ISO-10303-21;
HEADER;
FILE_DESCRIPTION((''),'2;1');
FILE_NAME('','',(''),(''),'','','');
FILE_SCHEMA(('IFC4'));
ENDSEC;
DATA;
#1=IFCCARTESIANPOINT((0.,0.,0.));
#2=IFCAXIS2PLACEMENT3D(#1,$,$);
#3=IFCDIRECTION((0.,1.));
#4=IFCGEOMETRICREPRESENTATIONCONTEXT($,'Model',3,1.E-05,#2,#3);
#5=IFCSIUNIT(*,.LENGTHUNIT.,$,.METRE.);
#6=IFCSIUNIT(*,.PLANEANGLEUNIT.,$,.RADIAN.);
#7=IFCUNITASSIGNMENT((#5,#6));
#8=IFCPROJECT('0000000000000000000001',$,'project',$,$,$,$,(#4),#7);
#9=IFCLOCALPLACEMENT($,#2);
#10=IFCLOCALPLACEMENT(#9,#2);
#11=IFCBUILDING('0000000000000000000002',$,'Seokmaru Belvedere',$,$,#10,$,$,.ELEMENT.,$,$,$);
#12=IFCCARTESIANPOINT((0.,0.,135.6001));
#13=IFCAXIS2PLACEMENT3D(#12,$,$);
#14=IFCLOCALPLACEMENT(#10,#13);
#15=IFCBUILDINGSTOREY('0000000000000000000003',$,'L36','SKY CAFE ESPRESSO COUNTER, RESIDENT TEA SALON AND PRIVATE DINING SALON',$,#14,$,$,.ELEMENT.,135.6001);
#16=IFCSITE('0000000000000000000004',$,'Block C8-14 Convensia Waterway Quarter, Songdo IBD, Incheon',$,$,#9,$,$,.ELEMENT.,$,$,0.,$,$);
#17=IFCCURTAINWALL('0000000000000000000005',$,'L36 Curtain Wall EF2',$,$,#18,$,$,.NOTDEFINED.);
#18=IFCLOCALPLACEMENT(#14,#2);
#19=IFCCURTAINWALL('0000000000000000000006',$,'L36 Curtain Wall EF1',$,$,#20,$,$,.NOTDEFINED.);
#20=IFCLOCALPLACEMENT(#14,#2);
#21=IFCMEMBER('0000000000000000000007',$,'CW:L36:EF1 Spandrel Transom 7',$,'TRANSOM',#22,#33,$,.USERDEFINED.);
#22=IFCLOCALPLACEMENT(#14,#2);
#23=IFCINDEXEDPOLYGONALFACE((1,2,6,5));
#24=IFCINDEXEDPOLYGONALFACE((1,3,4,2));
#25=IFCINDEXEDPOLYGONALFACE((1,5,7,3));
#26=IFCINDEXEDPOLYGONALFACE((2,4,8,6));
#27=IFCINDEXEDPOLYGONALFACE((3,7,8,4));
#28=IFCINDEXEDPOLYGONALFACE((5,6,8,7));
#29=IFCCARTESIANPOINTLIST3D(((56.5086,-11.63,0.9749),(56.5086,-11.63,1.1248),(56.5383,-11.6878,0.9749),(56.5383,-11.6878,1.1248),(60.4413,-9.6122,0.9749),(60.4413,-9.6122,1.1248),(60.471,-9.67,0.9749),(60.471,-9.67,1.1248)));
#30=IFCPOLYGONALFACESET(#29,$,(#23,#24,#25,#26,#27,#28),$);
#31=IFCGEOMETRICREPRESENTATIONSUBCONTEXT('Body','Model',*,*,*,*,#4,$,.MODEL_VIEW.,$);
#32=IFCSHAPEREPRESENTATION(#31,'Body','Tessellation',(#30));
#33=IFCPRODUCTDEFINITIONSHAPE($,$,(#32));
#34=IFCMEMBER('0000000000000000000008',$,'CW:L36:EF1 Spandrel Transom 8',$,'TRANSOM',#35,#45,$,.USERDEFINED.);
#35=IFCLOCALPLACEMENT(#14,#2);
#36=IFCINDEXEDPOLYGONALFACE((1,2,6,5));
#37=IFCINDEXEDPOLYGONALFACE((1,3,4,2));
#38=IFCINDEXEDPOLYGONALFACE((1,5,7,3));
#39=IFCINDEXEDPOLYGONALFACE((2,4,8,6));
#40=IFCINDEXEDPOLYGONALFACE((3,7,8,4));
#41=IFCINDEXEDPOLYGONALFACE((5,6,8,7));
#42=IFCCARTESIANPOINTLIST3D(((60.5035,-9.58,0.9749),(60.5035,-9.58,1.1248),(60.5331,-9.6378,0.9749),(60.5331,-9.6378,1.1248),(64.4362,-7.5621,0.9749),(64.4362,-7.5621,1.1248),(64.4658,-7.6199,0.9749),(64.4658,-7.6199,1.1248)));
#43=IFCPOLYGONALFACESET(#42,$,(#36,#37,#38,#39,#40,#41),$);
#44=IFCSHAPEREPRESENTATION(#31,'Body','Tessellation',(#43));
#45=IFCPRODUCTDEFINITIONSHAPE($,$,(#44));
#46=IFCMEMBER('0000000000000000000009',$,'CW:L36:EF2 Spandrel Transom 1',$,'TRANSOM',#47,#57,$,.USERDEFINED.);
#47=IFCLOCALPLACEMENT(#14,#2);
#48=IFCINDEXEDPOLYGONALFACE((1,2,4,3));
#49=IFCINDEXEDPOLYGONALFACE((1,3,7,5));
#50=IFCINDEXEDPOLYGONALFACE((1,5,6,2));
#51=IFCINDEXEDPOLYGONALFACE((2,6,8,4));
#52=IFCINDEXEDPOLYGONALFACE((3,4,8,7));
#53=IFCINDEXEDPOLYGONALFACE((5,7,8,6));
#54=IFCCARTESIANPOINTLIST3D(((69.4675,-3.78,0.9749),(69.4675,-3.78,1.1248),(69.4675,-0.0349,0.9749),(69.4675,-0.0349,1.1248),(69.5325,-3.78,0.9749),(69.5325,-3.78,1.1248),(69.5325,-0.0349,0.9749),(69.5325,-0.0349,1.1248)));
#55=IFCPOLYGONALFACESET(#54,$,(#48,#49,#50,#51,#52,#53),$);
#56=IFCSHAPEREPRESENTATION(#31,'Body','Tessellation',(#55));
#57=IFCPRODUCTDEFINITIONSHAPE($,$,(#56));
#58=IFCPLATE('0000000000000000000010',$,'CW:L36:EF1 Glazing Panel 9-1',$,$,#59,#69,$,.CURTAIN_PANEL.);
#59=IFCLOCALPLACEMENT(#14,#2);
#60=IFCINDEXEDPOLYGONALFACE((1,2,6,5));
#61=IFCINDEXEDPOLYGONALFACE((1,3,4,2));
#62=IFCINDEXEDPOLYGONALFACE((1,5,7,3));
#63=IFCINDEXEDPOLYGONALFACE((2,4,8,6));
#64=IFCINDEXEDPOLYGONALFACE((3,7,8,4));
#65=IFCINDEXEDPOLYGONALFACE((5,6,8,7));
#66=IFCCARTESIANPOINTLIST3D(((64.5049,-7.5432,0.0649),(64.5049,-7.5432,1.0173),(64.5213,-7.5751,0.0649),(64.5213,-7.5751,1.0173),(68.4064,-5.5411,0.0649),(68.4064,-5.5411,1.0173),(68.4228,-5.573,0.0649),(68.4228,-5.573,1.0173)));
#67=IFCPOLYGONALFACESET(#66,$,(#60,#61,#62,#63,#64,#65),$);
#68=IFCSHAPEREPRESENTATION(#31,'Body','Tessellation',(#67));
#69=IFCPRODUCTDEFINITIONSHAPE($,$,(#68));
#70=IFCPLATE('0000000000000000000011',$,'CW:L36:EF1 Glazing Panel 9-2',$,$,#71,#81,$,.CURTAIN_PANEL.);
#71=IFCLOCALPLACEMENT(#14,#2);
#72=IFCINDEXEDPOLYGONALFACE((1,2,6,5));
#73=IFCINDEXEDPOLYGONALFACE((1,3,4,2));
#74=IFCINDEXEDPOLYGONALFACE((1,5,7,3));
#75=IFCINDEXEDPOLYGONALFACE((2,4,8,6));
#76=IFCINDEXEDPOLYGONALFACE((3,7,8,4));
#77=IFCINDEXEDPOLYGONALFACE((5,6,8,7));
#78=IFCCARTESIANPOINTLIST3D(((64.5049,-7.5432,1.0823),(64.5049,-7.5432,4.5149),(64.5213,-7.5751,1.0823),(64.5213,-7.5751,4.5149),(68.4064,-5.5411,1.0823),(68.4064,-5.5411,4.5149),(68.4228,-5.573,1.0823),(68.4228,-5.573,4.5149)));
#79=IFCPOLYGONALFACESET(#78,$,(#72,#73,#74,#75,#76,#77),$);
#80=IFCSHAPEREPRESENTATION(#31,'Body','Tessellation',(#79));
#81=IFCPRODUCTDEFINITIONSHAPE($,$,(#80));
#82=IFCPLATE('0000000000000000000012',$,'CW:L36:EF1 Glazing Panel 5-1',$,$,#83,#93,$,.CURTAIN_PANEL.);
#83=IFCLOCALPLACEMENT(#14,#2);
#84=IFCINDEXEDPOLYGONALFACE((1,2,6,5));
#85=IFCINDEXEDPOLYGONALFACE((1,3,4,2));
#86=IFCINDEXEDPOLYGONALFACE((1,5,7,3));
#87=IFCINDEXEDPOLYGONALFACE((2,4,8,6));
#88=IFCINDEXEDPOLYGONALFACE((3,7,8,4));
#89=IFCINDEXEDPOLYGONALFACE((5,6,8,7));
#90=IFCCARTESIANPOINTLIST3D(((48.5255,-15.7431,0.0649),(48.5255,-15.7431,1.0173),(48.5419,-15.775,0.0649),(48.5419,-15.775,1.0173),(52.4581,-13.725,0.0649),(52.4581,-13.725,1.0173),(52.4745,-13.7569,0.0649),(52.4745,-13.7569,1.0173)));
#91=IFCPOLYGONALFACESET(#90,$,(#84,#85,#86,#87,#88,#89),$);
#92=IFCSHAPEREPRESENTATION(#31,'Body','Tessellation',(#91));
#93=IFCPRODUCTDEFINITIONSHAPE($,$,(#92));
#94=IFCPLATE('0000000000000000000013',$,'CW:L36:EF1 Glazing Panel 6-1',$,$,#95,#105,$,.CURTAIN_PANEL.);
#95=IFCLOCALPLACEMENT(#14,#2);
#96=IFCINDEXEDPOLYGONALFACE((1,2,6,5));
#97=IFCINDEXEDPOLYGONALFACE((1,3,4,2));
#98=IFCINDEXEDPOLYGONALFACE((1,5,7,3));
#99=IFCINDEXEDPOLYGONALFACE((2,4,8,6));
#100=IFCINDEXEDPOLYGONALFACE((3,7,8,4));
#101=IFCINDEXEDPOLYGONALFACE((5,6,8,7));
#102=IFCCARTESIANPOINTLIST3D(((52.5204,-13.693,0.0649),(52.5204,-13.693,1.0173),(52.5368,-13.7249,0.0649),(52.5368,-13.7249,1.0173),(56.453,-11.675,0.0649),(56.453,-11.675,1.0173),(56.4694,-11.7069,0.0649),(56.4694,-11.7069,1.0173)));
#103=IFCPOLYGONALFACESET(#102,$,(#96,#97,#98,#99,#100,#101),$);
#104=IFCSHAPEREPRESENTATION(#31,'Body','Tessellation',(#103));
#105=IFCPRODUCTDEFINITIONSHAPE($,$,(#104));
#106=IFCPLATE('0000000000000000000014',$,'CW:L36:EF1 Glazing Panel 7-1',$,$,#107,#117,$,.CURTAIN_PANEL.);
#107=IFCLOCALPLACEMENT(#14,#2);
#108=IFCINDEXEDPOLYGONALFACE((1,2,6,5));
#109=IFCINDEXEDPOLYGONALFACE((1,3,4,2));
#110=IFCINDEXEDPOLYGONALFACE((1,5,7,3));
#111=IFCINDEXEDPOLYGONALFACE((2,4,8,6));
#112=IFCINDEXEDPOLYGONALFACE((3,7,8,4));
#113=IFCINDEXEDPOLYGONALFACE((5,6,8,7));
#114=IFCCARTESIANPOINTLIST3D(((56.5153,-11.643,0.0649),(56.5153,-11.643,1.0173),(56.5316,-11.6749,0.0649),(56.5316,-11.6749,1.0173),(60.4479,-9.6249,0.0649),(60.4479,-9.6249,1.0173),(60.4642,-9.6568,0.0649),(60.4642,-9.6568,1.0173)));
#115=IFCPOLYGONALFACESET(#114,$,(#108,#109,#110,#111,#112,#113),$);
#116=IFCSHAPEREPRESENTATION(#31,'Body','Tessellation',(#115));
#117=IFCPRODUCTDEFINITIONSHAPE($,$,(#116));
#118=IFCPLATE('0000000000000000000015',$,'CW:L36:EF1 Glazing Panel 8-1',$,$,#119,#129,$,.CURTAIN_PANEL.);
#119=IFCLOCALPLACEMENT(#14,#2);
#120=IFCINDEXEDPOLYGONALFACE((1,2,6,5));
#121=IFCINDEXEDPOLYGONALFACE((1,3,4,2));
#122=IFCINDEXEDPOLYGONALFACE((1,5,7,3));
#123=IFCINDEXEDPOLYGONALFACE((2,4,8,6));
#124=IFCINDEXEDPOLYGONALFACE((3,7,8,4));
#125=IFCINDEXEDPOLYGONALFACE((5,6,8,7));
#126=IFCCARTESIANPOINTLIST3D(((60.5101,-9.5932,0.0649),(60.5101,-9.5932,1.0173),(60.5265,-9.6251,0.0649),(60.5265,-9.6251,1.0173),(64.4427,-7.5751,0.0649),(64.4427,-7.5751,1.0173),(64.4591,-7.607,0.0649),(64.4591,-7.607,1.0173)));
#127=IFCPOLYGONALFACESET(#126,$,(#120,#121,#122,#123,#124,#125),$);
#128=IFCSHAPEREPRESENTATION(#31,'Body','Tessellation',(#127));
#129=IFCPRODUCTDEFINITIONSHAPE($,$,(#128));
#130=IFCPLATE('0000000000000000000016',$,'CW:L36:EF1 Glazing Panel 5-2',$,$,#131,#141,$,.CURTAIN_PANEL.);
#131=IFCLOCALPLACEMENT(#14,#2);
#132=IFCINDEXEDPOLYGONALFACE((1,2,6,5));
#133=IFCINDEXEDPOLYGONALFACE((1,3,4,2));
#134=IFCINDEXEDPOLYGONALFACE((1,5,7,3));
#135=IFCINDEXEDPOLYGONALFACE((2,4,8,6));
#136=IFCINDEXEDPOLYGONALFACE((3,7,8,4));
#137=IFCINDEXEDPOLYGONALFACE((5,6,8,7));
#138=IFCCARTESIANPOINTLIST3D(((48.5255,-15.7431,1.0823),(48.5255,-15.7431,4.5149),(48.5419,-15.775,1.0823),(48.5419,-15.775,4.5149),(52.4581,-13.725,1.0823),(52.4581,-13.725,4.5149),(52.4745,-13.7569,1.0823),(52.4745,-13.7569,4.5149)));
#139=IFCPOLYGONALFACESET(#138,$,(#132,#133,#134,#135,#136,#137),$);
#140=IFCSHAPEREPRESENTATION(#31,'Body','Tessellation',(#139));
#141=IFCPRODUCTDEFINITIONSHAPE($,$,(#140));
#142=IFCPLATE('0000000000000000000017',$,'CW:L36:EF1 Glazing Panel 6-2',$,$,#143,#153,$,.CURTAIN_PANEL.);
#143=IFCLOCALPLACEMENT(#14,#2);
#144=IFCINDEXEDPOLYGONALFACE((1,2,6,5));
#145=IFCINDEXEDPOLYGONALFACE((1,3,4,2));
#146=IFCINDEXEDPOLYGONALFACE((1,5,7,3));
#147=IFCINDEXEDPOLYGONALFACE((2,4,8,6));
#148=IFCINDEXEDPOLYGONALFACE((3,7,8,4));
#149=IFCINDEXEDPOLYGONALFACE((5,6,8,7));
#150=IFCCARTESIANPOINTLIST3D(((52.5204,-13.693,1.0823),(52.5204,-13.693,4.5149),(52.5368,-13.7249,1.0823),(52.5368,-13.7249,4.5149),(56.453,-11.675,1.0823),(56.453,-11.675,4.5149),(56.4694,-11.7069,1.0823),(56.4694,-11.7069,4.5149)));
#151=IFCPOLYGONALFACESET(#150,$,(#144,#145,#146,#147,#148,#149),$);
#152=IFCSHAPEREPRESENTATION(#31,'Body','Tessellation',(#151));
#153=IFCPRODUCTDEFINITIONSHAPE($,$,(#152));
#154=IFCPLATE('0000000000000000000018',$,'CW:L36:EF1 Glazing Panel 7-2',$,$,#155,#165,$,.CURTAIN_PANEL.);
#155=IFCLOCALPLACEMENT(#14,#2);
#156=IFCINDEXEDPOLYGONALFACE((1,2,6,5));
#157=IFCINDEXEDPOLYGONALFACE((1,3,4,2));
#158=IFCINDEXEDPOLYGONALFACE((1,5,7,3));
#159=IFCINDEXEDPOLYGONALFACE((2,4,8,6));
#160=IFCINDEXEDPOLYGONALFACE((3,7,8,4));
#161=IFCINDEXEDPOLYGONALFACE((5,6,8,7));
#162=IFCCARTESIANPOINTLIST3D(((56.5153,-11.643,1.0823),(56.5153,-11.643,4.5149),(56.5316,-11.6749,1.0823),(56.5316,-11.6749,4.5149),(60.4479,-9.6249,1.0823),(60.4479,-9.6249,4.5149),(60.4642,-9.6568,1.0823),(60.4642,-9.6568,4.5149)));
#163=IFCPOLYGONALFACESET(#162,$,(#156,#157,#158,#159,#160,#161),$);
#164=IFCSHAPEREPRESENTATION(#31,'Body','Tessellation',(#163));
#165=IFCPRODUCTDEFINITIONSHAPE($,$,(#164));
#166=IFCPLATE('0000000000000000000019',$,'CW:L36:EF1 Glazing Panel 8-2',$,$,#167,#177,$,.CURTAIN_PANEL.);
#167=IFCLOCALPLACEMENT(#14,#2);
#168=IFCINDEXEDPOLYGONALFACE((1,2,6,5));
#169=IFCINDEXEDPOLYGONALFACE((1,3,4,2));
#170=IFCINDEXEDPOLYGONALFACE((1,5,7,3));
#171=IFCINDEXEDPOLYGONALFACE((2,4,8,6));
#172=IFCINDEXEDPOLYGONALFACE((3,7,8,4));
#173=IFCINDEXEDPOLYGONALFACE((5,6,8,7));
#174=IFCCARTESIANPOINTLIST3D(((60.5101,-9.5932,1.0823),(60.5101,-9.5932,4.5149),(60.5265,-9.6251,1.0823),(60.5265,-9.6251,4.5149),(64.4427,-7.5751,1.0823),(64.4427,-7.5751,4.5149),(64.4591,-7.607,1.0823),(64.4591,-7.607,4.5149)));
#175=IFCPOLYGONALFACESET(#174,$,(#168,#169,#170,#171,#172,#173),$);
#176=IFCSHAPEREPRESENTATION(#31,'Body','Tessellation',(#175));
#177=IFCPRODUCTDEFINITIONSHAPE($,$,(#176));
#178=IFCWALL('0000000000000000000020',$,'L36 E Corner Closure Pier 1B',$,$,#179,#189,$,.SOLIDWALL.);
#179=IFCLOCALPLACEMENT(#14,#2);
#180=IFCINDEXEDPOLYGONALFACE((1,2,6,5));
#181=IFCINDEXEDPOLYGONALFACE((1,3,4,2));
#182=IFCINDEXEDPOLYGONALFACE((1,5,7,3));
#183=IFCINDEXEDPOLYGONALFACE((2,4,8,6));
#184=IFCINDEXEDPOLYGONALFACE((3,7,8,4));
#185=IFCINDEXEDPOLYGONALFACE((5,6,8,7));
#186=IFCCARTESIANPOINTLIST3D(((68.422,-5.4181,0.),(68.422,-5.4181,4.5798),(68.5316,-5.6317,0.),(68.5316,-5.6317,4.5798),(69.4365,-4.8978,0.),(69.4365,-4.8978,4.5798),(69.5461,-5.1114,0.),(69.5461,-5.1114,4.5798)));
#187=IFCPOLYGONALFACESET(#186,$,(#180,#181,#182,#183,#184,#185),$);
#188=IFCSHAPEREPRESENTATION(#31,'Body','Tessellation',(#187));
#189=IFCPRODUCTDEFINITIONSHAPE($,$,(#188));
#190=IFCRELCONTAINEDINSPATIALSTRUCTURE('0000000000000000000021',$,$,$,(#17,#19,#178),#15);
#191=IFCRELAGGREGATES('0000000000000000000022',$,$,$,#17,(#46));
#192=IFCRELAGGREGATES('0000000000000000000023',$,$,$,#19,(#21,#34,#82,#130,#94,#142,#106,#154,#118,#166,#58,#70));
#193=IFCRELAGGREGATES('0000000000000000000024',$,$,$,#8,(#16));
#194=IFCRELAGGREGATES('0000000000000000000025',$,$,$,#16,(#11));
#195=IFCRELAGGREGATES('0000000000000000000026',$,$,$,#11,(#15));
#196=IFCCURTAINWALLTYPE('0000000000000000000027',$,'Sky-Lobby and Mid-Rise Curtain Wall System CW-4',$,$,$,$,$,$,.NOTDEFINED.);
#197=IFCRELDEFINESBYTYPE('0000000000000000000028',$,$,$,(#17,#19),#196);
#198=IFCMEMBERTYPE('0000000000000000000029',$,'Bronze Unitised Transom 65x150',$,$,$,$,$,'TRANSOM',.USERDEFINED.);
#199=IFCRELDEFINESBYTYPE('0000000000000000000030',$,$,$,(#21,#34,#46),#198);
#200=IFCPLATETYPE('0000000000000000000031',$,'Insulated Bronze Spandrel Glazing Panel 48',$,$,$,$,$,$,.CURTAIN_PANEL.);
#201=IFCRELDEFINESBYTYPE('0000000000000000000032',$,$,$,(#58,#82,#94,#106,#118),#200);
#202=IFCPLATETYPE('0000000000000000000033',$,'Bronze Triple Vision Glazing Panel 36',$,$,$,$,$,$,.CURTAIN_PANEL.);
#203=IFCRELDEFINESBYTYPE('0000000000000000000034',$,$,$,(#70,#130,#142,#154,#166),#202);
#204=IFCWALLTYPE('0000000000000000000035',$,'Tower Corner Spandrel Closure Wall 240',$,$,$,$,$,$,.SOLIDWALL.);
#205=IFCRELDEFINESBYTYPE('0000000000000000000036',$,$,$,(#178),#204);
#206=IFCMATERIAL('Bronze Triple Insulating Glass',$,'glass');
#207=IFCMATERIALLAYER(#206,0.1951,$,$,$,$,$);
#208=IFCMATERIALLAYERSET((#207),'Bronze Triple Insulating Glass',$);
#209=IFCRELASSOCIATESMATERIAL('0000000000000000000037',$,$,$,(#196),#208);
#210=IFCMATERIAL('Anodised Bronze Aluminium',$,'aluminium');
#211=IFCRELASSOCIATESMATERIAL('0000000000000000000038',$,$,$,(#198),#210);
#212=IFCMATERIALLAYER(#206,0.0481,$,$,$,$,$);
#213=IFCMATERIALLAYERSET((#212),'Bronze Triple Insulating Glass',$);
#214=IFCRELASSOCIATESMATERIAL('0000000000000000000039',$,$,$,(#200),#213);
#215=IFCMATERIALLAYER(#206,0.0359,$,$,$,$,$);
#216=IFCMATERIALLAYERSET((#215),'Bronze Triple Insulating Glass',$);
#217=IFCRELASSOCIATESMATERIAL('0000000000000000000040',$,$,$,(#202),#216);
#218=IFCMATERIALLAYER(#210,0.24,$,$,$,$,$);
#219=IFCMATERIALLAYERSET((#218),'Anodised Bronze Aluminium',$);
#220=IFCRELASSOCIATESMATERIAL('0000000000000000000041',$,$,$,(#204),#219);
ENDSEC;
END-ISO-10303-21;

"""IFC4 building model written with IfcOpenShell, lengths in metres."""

from ifc_helpers import new_model, si_unit, direction, frame, frame_2d, origin, origin_2d, place, context, subcontext, project, spatial, rectangle, extrude, source, transform, mapped, material, layer, layer_set, material_profile, profile_set, type_object, type_shapes, element, aggregate, save


model = new_model("IFC4")

# Units and contexts
model_context = context("Model", 3, precision=1e-05, world=origin(), true_north=direction((0.0, 1.0)))
body_context = subcontext(model_context, "Body", "Model", "MODEL_VIEW")
ifc_project = project(units=[si_unit("LENGTHUNIT", "METRE"), si_unit("PLANEANGLEUNIT", "RADIAN")], contexts=[model_context])

# Site, building, storey
site_placement = place(None, origin())
site = spatial("IfcSite", under=ifc_project, at=site_placement, Name="Block C8-14 Convensia Waterway Quarter, Songdo IBD, Incheon", CompositionType="ELEMENT", RefElevation=0.0)
building_placement = place(site_placement, origin())
building = spatial("IfcBuilding", under=site, at=building_placement, Name="Seokmaru Belvedere", CompositionType="ELEMENT")
storey_placement = place(building_placement, frame((0.0, 0.0, 135.6001)))
storey = spatial("IfcBuildingStorey", under=building, at=storey_placement, Name="L36", Description="SKY CAFE ESPRESSO COUNTER, RESIDENT TEA SALON AND PRIVATE DINING SALON", CompositionType="ELEMENT", Elevation=135.6001)

# Curtain wall
ifc_material_1 = material(Name="Bronze Triple Insulating Glass", Category="glass")
ifc_layer_1 = layer(ifc_material_1, 0.1951)
ifc_layer_set_1 = layer_set([ifc_layer_1], Name="Bronze Triple Insulating Glass")
curtain_wall_type = type_object("IfcCurtainWallType", Name="Sky-Lobby and Mid-Rise Curtain Wall System CW-4", PredefinedType="NOTDEFINED", material=ifc_layer_set_1)
curtain_wall_1_placement = place(storey_placement, origin())
curtain_wall_1 = element("IfcCurtainWall", 1, at=curtain_wall_1_placement, inside=storey, type_object=curtain_wall_type, Name="L36 Curtain Wall EF2", PredefinedType="NOTDEFINED")
ifc_material_2 = material(Name="Anodised Bronze Aluminium", Category="aluminium")
ifc_material_profile_1 = material_profile(ifc_material_2, rectangle(XDim=0.0649, YDim=0.1499, at=origin_2d()), Name="CW-T-65x150")
ifc_profile_set_1 = profile_set([ifc_material_profile_1], Name="Anodised Bronze Aluminium")
member_type_1 = type_object("IfcMemberType", Name="Bronze Unitised Transom 65x150", ElementType="TRANSOM", PredefinedType="USERDEFINED", material=ifc_profile_set_1)

# Curtain wall
curtain_wall_2_placement = place(storey_placement, origin())
curtain_wall_2 = element("IfcCurtainWall", 2, at=curtain_wall_2_placement, inside=storey, type_object=curtain_wall_type, Name="L36 Curtain Wall EF1", PredefinedType="NOTDEFINED")

# Members
shared_shape_1 = source(origin(), body_context, "Body", "SweptSolid", [
    extrude(rectangle(XDim=0.0649, YDim=0.1499, at=origin_2d()), origin(), (0.0, 0.0, 1.0), 4.4202),
])
member_1_placement = place(storey_placement, frame((56.5234, -11.6589, 1.0498), z_axis=(0.889717, 0.456513, 0.0), x_axis=(-0.456513, 0.889717, 0.0)))
member_1 = element("IfcMember", 3, at=member_1_placement, type_object=member_type_1, Name="CW:L36:EF1 Spandrel Transom 7", ObjectType="TRANSOM", PredefinedType="USERDEFINED", context=body_context, shape_type="MappedRepresentation", body=[
    mapped(shared_shape_1, transform((0.0, 0.0, 0.0), scale=1.0)),
])
member_2_placement = place(storey_placement, frame((60.5183, -9.6089, 1.0498), z_axis=(0.889717, 0.456513, 0.0), x_axis=(-0.456513, 0.889717, 0.0)))
member_2 = element("IfcMember", 4, at=member_2_placement, type_object=member_type_1, Name="CW:L36:EF1 Spandrel Transom 8", ObjectType="TRANSOM", PredefinedType="USERDEFINED", context=body_context, shape_type="MappedRepresentation", body=[
    mapped(shared_shape_1, transform((0.0, 0.0, 0.0), scale=1.0)),
])
shared_shape_2 = source(origin(), body_context, "Body", "SweptSolid", [
    extrude(rectangle(XDim=0.0649, YDim=0.1499, at=origin_2d()), origin(), (0.0, 0.0, 1.0), 3.7451),
])
member_3_placement = place(storey_placement, frame((69.5, -3.78, 1.0498), z_axis=(0.0, 1.0, 0.0), x_axis=(-1.0, 0.0, 0.0)))
member_3 = element("IfcMember", 5, at=member_3_placement, type_object=member_type_1, Name="CW:L36:EF2 Spandrel Transom 1", ObjectType="TRANSOM", PredefinedType="USERDEFINED", context=body_context, shape_type="MappedRepresentation", body=[
    mapped(shared_shape_2, transform((0.0, 0.0, 0.0), scale=1.0)),
])
aggregate(curtain_wall_1, [member_3])

# Plates
ifc_layer_2 = layer(ifc_material_1, 0.0481)
ifc_layer_set_2 = layer_set([ifc_layer_2], Name="Bronze Triple Insulating Glass")
plate_type_1 = type_object("IfcPlateType", Name="Insulated Bronze Spandrel Glazing Panel 48", PredefinedType="CURTAIN_PANEL", material=ifc_layer_set_2)
shared_shape_3 = source(origin(), body_context, "Body", "SweptSolid", [
    extrude(rectangle(XDim=4.3853, YDim=0.0359, at=origin_2d()), origin(), (0.0, 0.0, 1.0), 0.9524),
])
plate_1_placement = place(storey_placement, frame((66.4639, -6.5581, 0.0649), z_axis=(0.0, 0.0, 1.0), x_axis=(0.889695, 0.456555, 0.0)))
plate_1 = element("IfcPlate", 6, at=plate_1_placement, type_object=plate_type_1, Name="CW:L36:EF1 Glazing Panel 9-1", PredefinedType="CURTAIN_PANEL", context=body_context, shape_type="MappedRepresentation", body=[
    mapped(shared_shape_3, transform((0.0, 0.0, 0.0), scale=1.0)),
])
ifc_layer_3 = layer(ifc_material_1, 0.0359)
ifc_layer_set_3 = layer_set([ifc_layer_3], Name="Bronze Triple Insulating Glass")
plate_type_2 = type_object("IfcPlateType", Name="Bronze Triple Vision Glazing Panel 36", PredefinedType="CURTAIN_PANEL", material=ifc_layer_set_3)
shared_shape_4 = source(origin(), body_context, "Body", "SweptSolid", [
    extrude(rectangle(XDim=4.3853, YDim=0.0359, at=origin_2d()), origin(), (0.0, 0.0, 1.0), 3.4326),
])
plate_2_placement = place(storey_placement, frame((66.4639, -6.5581, 1.0823), z_axis=(0.0, 0.0, 1.0), x_axis=(0.889695, 0.456555, 0.0)))
plate_2 = element("IfcPlate", 7, at=plate_2_placement, type_object=plate_type_2, Name="CW:L36:EF1 Glazing Panel 9-2", PredefinedType="CURTAIN_PANEL", context=body_context, shape_type="MappedRepresentation", body=[
    mapped(shared_shape_4, transform((0.0, 0.0, 0.0), scale=1.0)),
])
shared_shape_5 = source(origin(), body_context, "Body", "SweptSolid", [
    extrude(rectangle(XDim=4.4202, YDim=0.0359, at=origin_2d()), origin(), (0.0, 0.0, 1.0), 0.9524),
])
type_shapes(plate_type_1, [shared_shape_3, shared_shape_5])
plate_3_placement = place(storey_placement, frame((50.5, -14.75, 0.0649), z_axis=(0.0, 0.0, 1.0), x_axis=(0.889695, 0.456555, 0.0)))
plate_3 = element("IfcPlate", 8, at=plate_3_placement, type_object=plate_type_1, Name="CW:L36:EF1 Glazing Panel 5-1", PredefinedType="CURTAIN_PANEL", context=body_context, shape_type="MappedRepresentation", body=[
    mapped(shared_shape_5, transform((0.0, 0.0, 0.0), scale=1.0)),
])
plate_4_placement = place(storey_placement, frame((54.4949, -12.7, 0.0649), z_axis=(0.0, 0.0, 1.0), x_axis=(0.889695, 0.456555, 0.0)))
plate_4 = element("IfcPlate", 9, at=plate_4_placement, type_object=plate_type_1, Name="CW:L36:EF1 Glazing Panel 6-1", PredefinedType="CURTAIN_PANEL", context=body_context, shape_type="MappedRepresentation", body=[
    mapped(shared_shape_5, transform((0.0, 0.0, 0.0), scale=1.0)),
])
plate_5_placement = place(storey_placement, frame((58.4897, -10.6499, 0.0649), z_axis=(0.0, 0.0, 1.0), x_axis=(0.889695, 0.456555, 0.0)))
plate_5 = element("IfcPlate", 10, at=plate_5_placement, type_object=plate_type_1, Name="CW:L36:EF1 Glazing Panel 7-1", PredefinedType="CURTAIN_PANEL", context=body_context, shape_type="MappedRepresentation", body=[
    mapped(shared_shape_5, transform((0.0, 0.0, 0.0), scale=1.0)),
])
plate_6_placement = place(storey_placement, frame((62.4846, -8.6001, 0.0649), z_axis=(0.0, 0.0, 1.0), x_axis=(0.889695, 0.456555, 0.0)))
plate_6 = element("IfcPlate", 11, at=plate_6_placement, type_object=plate_type_1, Name="CW:L36:EF1 Glazing Panel 8-1", PredefinedType="CURTAIN_PANEL", context=body_context, shape_type="MappedRepresentation", body=[
    mapped(shared_shape_5, transform((0.0, 0.0, 0.0), scale=1.0)),
])
shared_shape_6 = source(origin(), body_context, "Body", "SweptSolid", [
    extrude(rectangle(XDim=4.4202, YDim=0.0359, at=origin_2d()), origin(), (0.0, 0.0, 1.0), 3.4326),
])
type_shapes(plate_type_2, [shared_shape_4, shared_shape_6])
plate_7_placement = place(storey_placement, frame((50.5, -14.75, 1.0823), z_axis=(0.0, 0.0, 1.0), x_axis=(0.889695, 0.456555, 0.0)))
plate_7 = element("IfcPlate", 12, at=plate_7_placement, type_object=plate_type_2, Name="CW:L36:EF1 Glazing Panel 5-2", PredefinedType="CURTAIN_PANEL", context=body_context, shape_type="MappedRepresentation", body=[
    mapped(shared_shape_6, transform((0.0, 0.0, 0.0), scale=1.0)),
])
plate_8_placement = place(storey_placement, frame((54.4949, -12.7, 1.0823), z_axis=(0.0, 0.0, 1.0), x_axis=(0.889695, 0.456555, 0.0)))
plate_8 = element("IfcPlate", 13, at=plate_8_placement, type_object=plate_type_2, Name="CW:L36:EF1 Glazing Panel 6-2", PredefinedType="CURTAIN_PANEL", context=body_context, shape_type="MappedRepresentation", body=[
    mapped(shared_shape_6, transform((0.0, 0.0, 0.0), scale=1.0)),
])
plate_9_placement = place(storey_placement, frame((58.4897, -10.6499, 1.0823), z_axis=(0.0, 0.0, 1.0), x_axis=(0.889695, 0.456555, 0.0)))
plate_9 = element("IfcPlate", 14, at=plate_9_placement, type_object=plate_type_2, Name="CW:L36:EF1 Glazing Panel 7-2", PredefinedType="CURTAIN_PANEL", context=body_context, shape_type="MappedRepresentation", body=[
    mapped(shared_shape_6, transform((0.0, 0.0, 0.0), scale=1.0)),
])
plate_10_placement = place(storey_placement, frame((62.4846, -8.6001, 1.0823), z_axis=(0.0, 0.0, 1.0), x_axis=(0.889695, 0.456555, 0.0)))
plate_10 = element("IfcPlate", 15, at=plate_10_placement, type_object=plate_type_2, Name="CW:L36:EF1 Glazing Panel 8-2", PredefinedType="CURTAIN_PANEL", context=body_context, shape_type="MappedRepresentation", body=[
    mapped(shared_shape_6, transform((0.0, 0.0, 0.0), scale=1.0)),
])
aggregate(curtain_wall_2, [member_1, member_2, plate_3, plate_7, plate_4, plate_8, plate_5, plate_9, plate_6, plate_10, plate_1, plate_2])

# Wall
ifc_layer_4 = layer(ifc_material_2, 0.24)
ifc_layer_set_4 = layer_set([ifc_layer_4], Name="Anodised Bronze Aluminium")
wall_type = type_object("IfcWallType", Name="Tower Corner Spandrel Closure Wall 240", PredefinedType="SOLIDWALL", material=ifc_layer_set_4)
wall_1_placement = place(storey_placement, frame((68.4768, -5.5249, 0.0), z_axis=(0.0, 0.0, 1.0), x_axis=(0.889797, 0.456356, 0.0)))
element("IfcWall", 16, at=wall_1_placement, inside=storey, type_object=wall_type, Name="L36 E Corner Closure Pier 1B", PredefinedType="SOLIDWALL", context=body_context, shape_type="SweptSolid", body=[
    extrude(rectangle(XDim=1.1401, YDim=0.24, at=frame_2d((0.5701, 0.0))), origin(), (0.0, 0.0, 1.0), 4.5798),
])

save(model, "model.ifc")
